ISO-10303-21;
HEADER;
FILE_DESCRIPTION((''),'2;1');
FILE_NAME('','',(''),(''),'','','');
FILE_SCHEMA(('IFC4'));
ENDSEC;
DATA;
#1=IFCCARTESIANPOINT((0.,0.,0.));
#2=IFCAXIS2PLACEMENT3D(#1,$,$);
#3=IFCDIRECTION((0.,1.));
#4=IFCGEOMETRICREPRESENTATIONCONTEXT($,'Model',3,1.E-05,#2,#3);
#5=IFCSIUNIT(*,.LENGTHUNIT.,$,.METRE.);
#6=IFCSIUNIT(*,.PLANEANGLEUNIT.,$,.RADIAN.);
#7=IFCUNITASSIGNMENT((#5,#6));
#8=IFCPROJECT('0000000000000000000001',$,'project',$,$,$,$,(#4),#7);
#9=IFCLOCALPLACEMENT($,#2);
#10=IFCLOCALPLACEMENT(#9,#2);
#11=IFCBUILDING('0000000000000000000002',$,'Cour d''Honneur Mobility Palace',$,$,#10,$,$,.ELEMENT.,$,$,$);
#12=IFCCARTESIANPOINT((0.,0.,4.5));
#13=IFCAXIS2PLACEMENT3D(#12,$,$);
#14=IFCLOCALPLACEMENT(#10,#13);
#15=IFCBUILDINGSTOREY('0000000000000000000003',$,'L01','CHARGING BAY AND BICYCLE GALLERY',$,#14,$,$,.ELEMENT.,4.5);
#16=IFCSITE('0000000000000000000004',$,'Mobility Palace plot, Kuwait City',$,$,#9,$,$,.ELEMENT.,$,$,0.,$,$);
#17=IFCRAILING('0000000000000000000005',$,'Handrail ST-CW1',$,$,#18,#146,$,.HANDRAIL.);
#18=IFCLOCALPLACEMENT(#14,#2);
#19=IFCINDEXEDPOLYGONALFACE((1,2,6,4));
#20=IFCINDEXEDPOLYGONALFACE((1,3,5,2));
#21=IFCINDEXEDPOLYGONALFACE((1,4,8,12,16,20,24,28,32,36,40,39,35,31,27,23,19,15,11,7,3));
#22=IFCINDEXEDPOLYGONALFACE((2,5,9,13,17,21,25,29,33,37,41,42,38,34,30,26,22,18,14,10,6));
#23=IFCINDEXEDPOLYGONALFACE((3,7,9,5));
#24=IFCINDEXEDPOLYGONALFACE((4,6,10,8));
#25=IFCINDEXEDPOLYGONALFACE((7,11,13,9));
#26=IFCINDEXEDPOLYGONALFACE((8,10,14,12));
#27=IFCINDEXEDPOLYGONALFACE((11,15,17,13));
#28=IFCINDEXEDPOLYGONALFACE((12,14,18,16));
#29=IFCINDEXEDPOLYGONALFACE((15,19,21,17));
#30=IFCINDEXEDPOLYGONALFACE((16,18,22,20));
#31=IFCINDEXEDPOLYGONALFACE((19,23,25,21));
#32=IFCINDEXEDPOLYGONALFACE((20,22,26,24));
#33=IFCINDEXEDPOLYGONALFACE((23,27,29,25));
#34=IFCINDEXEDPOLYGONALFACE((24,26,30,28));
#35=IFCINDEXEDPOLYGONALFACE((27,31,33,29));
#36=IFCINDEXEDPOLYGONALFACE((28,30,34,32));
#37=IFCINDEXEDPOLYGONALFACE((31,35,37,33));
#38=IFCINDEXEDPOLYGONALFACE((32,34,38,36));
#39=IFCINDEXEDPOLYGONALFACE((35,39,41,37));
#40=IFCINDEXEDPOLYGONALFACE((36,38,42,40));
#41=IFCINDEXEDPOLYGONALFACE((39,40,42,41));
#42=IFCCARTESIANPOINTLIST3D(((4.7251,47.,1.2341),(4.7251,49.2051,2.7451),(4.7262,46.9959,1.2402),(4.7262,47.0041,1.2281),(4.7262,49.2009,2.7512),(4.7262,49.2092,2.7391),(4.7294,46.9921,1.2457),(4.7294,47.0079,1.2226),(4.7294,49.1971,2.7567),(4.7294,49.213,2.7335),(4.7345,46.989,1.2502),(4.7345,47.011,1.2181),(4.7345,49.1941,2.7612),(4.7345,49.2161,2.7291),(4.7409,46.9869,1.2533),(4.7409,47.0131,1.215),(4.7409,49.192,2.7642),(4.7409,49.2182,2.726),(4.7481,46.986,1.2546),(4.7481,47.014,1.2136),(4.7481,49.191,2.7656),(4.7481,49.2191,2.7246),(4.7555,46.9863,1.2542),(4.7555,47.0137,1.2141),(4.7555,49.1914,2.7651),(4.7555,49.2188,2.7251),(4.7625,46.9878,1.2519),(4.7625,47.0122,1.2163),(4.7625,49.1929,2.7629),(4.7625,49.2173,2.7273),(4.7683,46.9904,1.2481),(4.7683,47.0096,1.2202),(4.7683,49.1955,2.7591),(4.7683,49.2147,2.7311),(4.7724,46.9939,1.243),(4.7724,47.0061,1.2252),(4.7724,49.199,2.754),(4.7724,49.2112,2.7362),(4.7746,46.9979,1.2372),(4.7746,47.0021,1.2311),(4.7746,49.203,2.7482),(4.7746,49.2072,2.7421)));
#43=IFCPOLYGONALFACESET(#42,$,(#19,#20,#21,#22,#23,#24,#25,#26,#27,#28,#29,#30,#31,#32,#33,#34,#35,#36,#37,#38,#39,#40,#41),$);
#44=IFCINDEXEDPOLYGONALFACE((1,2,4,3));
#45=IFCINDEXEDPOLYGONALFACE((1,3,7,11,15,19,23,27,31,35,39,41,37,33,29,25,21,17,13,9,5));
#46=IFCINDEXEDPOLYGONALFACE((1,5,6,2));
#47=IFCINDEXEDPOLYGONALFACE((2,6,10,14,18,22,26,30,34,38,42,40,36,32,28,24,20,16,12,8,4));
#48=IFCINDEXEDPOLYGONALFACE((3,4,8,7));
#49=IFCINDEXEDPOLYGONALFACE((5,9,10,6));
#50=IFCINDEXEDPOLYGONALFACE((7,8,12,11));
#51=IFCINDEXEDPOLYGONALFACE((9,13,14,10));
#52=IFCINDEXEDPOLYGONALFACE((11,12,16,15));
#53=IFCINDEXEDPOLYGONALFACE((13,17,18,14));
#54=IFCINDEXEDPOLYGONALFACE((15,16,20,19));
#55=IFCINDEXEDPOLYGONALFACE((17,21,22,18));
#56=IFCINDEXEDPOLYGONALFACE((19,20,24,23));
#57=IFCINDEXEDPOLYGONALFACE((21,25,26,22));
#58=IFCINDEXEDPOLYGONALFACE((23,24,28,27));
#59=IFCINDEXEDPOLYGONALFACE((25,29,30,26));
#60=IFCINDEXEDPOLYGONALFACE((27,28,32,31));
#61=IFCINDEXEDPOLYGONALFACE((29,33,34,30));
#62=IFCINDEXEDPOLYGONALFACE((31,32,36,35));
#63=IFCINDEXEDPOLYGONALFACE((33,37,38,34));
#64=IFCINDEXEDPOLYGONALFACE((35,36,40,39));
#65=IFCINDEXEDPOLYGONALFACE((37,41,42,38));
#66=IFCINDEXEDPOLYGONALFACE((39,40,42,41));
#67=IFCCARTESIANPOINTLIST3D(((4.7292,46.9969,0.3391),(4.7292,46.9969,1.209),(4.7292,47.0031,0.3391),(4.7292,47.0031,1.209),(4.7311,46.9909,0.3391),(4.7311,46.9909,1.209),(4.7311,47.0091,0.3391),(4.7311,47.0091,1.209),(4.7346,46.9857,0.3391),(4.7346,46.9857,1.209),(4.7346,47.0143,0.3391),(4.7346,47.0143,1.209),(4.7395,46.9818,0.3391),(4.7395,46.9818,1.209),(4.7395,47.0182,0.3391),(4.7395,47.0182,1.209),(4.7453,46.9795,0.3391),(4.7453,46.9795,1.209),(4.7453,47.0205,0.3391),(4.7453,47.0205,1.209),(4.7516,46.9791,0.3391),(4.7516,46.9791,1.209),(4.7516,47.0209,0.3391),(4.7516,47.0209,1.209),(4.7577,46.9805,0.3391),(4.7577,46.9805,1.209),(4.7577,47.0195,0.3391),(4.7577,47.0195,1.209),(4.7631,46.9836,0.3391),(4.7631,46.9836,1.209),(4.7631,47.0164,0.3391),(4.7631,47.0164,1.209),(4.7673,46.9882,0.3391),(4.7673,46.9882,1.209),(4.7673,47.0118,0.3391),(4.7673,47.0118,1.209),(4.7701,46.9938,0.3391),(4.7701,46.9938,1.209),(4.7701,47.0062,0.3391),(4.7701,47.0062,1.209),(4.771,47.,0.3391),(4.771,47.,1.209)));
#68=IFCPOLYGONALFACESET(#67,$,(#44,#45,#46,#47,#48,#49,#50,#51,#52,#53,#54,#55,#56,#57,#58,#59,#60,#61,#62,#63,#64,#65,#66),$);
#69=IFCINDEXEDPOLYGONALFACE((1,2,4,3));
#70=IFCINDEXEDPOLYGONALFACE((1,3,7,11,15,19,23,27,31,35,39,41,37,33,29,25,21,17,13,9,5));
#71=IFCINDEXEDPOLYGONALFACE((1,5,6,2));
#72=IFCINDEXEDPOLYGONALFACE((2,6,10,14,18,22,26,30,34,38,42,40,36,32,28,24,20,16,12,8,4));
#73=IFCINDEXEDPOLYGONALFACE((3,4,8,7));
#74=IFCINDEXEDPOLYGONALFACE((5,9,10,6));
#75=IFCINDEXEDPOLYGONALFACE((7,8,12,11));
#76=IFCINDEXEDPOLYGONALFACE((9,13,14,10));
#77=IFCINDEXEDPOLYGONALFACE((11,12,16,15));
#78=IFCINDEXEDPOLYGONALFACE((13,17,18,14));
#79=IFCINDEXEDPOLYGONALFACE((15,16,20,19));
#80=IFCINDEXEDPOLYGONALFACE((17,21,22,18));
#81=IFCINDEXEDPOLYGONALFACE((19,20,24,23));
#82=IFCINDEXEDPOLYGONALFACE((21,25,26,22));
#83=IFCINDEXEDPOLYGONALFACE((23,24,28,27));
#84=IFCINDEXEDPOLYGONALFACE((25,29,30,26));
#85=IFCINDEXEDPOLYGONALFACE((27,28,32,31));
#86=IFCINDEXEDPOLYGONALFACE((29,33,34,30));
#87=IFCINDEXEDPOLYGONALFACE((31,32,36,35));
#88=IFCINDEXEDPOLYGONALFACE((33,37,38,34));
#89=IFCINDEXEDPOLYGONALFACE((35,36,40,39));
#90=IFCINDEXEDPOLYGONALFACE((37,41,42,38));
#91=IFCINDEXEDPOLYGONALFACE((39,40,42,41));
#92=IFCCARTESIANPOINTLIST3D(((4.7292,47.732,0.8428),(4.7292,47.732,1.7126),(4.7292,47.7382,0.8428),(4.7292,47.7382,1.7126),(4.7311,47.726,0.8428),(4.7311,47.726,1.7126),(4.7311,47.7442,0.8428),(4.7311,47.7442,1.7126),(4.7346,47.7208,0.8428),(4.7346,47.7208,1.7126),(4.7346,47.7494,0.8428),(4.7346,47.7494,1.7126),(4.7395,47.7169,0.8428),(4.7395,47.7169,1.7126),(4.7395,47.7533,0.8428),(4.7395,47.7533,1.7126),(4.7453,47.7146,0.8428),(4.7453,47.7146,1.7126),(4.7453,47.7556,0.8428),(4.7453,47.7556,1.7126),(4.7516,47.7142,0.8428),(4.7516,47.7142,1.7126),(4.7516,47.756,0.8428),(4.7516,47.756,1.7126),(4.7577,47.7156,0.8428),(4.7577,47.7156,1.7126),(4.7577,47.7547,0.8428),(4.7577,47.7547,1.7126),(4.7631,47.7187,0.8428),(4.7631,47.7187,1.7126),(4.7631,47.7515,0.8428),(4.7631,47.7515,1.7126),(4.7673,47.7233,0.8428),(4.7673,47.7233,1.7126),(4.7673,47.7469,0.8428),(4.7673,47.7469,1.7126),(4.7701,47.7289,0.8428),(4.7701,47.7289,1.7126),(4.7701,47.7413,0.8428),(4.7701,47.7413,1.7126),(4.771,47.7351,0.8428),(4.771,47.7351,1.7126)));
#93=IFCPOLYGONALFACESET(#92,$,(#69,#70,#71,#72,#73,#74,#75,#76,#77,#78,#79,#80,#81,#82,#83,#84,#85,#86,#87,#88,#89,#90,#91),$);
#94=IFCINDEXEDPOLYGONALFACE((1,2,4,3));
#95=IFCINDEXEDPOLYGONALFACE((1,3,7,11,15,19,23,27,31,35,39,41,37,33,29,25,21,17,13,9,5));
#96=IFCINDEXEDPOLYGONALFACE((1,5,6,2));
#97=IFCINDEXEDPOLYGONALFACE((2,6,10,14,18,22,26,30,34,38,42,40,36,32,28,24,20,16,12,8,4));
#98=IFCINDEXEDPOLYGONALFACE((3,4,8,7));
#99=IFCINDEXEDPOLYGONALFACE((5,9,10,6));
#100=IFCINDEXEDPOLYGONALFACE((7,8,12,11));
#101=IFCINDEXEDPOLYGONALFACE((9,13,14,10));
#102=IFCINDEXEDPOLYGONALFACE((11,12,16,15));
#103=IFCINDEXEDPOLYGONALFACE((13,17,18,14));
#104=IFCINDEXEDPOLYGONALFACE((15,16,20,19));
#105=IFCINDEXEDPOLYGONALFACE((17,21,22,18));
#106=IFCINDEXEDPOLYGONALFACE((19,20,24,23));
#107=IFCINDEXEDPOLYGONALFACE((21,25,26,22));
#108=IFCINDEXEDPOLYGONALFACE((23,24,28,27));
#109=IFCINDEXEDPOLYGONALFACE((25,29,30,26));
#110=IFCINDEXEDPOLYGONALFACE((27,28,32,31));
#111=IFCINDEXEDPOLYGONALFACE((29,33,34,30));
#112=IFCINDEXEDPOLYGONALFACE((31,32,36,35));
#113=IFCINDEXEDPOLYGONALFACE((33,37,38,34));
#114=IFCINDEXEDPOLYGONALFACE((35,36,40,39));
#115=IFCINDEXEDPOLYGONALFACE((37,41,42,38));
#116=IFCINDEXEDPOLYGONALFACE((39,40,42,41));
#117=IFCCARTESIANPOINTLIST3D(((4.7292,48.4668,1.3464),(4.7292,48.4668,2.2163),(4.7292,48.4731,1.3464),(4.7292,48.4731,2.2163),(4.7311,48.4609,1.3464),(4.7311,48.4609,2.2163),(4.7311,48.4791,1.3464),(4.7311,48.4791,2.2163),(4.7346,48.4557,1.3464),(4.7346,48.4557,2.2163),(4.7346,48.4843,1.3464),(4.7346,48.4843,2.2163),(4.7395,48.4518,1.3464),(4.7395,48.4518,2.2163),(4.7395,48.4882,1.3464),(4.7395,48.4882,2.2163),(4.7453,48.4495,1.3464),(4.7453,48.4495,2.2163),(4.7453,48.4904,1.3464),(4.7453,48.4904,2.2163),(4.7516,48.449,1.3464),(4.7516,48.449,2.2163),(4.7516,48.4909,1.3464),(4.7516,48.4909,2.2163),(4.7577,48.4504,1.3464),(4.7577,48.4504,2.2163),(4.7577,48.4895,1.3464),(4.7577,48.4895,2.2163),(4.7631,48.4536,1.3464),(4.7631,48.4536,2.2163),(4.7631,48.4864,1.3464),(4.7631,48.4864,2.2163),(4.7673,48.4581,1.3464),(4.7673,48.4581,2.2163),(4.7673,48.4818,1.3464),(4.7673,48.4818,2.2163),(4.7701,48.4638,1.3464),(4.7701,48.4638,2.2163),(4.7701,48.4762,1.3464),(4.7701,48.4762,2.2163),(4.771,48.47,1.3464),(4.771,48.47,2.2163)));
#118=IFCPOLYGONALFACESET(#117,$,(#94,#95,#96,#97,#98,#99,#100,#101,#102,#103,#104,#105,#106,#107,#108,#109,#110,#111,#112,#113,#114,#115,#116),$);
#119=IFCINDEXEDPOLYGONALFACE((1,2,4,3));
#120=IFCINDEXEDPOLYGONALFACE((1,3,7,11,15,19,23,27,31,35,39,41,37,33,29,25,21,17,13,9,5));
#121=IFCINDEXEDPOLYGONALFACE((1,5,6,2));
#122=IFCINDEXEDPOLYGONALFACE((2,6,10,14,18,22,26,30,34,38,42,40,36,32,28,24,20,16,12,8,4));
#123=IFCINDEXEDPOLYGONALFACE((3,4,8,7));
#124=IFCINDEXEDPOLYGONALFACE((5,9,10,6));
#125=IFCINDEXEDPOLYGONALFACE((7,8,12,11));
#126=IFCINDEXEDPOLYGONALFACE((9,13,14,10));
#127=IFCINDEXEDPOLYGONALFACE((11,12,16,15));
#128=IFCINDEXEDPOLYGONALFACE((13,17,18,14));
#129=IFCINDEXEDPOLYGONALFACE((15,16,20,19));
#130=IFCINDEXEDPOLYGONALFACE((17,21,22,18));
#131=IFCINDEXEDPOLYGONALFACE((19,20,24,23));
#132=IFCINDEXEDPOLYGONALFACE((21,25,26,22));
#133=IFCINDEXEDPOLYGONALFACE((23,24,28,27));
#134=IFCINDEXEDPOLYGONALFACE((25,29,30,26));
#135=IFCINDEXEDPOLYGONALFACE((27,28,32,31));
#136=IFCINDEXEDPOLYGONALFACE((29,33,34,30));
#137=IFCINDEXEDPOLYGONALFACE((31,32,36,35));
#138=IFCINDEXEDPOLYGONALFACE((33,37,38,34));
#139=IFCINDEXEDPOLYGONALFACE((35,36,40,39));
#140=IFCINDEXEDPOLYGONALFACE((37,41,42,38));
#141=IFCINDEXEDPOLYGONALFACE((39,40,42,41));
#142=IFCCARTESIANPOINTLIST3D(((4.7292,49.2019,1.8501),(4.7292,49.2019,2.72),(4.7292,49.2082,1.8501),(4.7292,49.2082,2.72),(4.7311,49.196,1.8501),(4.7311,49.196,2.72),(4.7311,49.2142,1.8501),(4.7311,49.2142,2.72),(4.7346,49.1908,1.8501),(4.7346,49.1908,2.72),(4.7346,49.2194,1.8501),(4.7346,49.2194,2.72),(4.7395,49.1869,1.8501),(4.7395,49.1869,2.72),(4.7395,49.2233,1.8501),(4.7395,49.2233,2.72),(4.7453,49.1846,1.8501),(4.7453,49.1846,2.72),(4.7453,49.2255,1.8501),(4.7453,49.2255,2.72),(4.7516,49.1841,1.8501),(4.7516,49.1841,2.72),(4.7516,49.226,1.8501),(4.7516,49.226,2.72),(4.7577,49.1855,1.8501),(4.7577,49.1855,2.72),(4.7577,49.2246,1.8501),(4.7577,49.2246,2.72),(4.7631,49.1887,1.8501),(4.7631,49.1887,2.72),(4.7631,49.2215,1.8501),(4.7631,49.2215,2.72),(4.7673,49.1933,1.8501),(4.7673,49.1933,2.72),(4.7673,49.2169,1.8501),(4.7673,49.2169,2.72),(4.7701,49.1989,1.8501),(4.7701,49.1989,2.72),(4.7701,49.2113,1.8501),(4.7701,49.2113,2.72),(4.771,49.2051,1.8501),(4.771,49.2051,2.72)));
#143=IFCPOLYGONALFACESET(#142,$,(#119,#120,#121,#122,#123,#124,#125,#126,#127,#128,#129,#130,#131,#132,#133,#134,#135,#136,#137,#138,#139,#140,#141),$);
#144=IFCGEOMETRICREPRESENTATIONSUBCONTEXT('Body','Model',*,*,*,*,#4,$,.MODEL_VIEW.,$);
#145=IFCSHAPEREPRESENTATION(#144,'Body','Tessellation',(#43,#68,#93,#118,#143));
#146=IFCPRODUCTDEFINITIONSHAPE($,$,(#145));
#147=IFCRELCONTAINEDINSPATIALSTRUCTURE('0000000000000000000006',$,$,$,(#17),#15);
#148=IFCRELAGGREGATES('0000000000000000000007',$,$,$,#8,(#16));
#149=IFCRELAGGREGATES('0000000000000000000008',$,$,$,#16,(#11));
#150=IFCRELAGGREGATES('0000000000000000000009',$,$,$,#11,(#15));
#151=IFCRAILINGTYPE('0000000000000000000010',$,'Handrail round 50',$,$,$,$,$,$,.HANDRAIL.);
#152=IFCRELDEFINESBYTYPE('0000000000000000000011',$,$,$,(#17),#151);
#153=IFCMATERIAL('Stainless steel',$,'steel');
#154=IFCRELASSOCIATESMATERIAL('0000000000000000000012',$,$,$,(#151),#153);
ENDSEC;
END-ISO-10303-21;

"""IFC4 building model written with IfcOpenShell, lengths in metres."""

from ifc_helpers import new_model, si_unit, direction, frame, origin, origin_2d, place, context, subcontext, project, spatial, circle, extrude, material, type_object, element, save


model = new_model("IFC4")

# Units and contexts
model_context = context("Model", 3, precision=1e-05, world=origin(), true_north=direction((0.0, 1.0)))
body_context = subcontext(model_context, "Body", "Model", "MODEL_VIEW")
ifc_project = project(units=[si_unit("LENGTHUNIT", "METRE"), si_unit("PLANEANGLEUNIT", "RADIAN")], contexts=[model_context])

# Site, building, storey
site_placement = place(None, origin())
site = spatial("IfcSite", under=ifc_project, at=site_placement, Name="Mobility Palace plot, Kuwait City", CompositionType="ELEMENT", RefElevation=0.0)
building_placement = place(site_placement, origin())
building = spatial("IfcBuilding", under=site, at=building_placement, Name="Cour d'Honneur Mobility Palace", CompositionType="ELEMENT")
storey_placement = place(building_placement, frame((0.0, 0.0, 4.5)))
storey = spatial("IfcBuildingStorey", under=building, at=storey_placement, Name="L01", Description="CHARGING BAY AND BICYCLE GALLERY", CompositionType="ELEMENT", Elevation=4.5)

# Railing
ifc_material_1 = material(Name="Stainless steel", Category="steel")
railing_type_1 = type_object("IfcRailingType", Name="Handrail round 50", PredefinedType="HANDRAIL", material=ifc_material_1)
railing_1_placement = place(storey_placement, frame((4.75, 47.0, 0.3391)))
element("IfcRailing", 1, at=railing_1_placement, inside=storey, type_object=railing_type_1, Name="Handrail ST-CW1", PredefinedType="HANDRAIL", context=body_context, shape_type="SweptSolid", body=[
    extrude(circle(Radius=0.0249, at=origin_2d()), frame((0.0, 0.0, 0.895), z_axis=(0.0, 0.824915, 0.565257), x_axis=(-1.0, 0.0, 0.0)), (0.0, 0.0, 1.0), 2.6731),
    extrude(circle(Radius=0.021, at=origin_2d()), origin(), (0.0, 0.0, 1.0), 0.8699),
    extrude(circle(Radius=0.021, at=origin_2d()), frame((0.0, 0.7351, 0.5037)), (0.0, 0.0, 1.0), 0.8699),
    extrude(circle(Radius=0.021, at=origin_2d()), frame((0.0, 1.47, 1.0073)), (0.0, 0.0, 1.0), 0.8699),
    extrude(circle(Radius=0.021, at=origin_2d()), frame((0.0, 2.2051, 1.511)), (0.0, 0.0, 1.0), 0.8699),
])

save(model, "model.ifc")
